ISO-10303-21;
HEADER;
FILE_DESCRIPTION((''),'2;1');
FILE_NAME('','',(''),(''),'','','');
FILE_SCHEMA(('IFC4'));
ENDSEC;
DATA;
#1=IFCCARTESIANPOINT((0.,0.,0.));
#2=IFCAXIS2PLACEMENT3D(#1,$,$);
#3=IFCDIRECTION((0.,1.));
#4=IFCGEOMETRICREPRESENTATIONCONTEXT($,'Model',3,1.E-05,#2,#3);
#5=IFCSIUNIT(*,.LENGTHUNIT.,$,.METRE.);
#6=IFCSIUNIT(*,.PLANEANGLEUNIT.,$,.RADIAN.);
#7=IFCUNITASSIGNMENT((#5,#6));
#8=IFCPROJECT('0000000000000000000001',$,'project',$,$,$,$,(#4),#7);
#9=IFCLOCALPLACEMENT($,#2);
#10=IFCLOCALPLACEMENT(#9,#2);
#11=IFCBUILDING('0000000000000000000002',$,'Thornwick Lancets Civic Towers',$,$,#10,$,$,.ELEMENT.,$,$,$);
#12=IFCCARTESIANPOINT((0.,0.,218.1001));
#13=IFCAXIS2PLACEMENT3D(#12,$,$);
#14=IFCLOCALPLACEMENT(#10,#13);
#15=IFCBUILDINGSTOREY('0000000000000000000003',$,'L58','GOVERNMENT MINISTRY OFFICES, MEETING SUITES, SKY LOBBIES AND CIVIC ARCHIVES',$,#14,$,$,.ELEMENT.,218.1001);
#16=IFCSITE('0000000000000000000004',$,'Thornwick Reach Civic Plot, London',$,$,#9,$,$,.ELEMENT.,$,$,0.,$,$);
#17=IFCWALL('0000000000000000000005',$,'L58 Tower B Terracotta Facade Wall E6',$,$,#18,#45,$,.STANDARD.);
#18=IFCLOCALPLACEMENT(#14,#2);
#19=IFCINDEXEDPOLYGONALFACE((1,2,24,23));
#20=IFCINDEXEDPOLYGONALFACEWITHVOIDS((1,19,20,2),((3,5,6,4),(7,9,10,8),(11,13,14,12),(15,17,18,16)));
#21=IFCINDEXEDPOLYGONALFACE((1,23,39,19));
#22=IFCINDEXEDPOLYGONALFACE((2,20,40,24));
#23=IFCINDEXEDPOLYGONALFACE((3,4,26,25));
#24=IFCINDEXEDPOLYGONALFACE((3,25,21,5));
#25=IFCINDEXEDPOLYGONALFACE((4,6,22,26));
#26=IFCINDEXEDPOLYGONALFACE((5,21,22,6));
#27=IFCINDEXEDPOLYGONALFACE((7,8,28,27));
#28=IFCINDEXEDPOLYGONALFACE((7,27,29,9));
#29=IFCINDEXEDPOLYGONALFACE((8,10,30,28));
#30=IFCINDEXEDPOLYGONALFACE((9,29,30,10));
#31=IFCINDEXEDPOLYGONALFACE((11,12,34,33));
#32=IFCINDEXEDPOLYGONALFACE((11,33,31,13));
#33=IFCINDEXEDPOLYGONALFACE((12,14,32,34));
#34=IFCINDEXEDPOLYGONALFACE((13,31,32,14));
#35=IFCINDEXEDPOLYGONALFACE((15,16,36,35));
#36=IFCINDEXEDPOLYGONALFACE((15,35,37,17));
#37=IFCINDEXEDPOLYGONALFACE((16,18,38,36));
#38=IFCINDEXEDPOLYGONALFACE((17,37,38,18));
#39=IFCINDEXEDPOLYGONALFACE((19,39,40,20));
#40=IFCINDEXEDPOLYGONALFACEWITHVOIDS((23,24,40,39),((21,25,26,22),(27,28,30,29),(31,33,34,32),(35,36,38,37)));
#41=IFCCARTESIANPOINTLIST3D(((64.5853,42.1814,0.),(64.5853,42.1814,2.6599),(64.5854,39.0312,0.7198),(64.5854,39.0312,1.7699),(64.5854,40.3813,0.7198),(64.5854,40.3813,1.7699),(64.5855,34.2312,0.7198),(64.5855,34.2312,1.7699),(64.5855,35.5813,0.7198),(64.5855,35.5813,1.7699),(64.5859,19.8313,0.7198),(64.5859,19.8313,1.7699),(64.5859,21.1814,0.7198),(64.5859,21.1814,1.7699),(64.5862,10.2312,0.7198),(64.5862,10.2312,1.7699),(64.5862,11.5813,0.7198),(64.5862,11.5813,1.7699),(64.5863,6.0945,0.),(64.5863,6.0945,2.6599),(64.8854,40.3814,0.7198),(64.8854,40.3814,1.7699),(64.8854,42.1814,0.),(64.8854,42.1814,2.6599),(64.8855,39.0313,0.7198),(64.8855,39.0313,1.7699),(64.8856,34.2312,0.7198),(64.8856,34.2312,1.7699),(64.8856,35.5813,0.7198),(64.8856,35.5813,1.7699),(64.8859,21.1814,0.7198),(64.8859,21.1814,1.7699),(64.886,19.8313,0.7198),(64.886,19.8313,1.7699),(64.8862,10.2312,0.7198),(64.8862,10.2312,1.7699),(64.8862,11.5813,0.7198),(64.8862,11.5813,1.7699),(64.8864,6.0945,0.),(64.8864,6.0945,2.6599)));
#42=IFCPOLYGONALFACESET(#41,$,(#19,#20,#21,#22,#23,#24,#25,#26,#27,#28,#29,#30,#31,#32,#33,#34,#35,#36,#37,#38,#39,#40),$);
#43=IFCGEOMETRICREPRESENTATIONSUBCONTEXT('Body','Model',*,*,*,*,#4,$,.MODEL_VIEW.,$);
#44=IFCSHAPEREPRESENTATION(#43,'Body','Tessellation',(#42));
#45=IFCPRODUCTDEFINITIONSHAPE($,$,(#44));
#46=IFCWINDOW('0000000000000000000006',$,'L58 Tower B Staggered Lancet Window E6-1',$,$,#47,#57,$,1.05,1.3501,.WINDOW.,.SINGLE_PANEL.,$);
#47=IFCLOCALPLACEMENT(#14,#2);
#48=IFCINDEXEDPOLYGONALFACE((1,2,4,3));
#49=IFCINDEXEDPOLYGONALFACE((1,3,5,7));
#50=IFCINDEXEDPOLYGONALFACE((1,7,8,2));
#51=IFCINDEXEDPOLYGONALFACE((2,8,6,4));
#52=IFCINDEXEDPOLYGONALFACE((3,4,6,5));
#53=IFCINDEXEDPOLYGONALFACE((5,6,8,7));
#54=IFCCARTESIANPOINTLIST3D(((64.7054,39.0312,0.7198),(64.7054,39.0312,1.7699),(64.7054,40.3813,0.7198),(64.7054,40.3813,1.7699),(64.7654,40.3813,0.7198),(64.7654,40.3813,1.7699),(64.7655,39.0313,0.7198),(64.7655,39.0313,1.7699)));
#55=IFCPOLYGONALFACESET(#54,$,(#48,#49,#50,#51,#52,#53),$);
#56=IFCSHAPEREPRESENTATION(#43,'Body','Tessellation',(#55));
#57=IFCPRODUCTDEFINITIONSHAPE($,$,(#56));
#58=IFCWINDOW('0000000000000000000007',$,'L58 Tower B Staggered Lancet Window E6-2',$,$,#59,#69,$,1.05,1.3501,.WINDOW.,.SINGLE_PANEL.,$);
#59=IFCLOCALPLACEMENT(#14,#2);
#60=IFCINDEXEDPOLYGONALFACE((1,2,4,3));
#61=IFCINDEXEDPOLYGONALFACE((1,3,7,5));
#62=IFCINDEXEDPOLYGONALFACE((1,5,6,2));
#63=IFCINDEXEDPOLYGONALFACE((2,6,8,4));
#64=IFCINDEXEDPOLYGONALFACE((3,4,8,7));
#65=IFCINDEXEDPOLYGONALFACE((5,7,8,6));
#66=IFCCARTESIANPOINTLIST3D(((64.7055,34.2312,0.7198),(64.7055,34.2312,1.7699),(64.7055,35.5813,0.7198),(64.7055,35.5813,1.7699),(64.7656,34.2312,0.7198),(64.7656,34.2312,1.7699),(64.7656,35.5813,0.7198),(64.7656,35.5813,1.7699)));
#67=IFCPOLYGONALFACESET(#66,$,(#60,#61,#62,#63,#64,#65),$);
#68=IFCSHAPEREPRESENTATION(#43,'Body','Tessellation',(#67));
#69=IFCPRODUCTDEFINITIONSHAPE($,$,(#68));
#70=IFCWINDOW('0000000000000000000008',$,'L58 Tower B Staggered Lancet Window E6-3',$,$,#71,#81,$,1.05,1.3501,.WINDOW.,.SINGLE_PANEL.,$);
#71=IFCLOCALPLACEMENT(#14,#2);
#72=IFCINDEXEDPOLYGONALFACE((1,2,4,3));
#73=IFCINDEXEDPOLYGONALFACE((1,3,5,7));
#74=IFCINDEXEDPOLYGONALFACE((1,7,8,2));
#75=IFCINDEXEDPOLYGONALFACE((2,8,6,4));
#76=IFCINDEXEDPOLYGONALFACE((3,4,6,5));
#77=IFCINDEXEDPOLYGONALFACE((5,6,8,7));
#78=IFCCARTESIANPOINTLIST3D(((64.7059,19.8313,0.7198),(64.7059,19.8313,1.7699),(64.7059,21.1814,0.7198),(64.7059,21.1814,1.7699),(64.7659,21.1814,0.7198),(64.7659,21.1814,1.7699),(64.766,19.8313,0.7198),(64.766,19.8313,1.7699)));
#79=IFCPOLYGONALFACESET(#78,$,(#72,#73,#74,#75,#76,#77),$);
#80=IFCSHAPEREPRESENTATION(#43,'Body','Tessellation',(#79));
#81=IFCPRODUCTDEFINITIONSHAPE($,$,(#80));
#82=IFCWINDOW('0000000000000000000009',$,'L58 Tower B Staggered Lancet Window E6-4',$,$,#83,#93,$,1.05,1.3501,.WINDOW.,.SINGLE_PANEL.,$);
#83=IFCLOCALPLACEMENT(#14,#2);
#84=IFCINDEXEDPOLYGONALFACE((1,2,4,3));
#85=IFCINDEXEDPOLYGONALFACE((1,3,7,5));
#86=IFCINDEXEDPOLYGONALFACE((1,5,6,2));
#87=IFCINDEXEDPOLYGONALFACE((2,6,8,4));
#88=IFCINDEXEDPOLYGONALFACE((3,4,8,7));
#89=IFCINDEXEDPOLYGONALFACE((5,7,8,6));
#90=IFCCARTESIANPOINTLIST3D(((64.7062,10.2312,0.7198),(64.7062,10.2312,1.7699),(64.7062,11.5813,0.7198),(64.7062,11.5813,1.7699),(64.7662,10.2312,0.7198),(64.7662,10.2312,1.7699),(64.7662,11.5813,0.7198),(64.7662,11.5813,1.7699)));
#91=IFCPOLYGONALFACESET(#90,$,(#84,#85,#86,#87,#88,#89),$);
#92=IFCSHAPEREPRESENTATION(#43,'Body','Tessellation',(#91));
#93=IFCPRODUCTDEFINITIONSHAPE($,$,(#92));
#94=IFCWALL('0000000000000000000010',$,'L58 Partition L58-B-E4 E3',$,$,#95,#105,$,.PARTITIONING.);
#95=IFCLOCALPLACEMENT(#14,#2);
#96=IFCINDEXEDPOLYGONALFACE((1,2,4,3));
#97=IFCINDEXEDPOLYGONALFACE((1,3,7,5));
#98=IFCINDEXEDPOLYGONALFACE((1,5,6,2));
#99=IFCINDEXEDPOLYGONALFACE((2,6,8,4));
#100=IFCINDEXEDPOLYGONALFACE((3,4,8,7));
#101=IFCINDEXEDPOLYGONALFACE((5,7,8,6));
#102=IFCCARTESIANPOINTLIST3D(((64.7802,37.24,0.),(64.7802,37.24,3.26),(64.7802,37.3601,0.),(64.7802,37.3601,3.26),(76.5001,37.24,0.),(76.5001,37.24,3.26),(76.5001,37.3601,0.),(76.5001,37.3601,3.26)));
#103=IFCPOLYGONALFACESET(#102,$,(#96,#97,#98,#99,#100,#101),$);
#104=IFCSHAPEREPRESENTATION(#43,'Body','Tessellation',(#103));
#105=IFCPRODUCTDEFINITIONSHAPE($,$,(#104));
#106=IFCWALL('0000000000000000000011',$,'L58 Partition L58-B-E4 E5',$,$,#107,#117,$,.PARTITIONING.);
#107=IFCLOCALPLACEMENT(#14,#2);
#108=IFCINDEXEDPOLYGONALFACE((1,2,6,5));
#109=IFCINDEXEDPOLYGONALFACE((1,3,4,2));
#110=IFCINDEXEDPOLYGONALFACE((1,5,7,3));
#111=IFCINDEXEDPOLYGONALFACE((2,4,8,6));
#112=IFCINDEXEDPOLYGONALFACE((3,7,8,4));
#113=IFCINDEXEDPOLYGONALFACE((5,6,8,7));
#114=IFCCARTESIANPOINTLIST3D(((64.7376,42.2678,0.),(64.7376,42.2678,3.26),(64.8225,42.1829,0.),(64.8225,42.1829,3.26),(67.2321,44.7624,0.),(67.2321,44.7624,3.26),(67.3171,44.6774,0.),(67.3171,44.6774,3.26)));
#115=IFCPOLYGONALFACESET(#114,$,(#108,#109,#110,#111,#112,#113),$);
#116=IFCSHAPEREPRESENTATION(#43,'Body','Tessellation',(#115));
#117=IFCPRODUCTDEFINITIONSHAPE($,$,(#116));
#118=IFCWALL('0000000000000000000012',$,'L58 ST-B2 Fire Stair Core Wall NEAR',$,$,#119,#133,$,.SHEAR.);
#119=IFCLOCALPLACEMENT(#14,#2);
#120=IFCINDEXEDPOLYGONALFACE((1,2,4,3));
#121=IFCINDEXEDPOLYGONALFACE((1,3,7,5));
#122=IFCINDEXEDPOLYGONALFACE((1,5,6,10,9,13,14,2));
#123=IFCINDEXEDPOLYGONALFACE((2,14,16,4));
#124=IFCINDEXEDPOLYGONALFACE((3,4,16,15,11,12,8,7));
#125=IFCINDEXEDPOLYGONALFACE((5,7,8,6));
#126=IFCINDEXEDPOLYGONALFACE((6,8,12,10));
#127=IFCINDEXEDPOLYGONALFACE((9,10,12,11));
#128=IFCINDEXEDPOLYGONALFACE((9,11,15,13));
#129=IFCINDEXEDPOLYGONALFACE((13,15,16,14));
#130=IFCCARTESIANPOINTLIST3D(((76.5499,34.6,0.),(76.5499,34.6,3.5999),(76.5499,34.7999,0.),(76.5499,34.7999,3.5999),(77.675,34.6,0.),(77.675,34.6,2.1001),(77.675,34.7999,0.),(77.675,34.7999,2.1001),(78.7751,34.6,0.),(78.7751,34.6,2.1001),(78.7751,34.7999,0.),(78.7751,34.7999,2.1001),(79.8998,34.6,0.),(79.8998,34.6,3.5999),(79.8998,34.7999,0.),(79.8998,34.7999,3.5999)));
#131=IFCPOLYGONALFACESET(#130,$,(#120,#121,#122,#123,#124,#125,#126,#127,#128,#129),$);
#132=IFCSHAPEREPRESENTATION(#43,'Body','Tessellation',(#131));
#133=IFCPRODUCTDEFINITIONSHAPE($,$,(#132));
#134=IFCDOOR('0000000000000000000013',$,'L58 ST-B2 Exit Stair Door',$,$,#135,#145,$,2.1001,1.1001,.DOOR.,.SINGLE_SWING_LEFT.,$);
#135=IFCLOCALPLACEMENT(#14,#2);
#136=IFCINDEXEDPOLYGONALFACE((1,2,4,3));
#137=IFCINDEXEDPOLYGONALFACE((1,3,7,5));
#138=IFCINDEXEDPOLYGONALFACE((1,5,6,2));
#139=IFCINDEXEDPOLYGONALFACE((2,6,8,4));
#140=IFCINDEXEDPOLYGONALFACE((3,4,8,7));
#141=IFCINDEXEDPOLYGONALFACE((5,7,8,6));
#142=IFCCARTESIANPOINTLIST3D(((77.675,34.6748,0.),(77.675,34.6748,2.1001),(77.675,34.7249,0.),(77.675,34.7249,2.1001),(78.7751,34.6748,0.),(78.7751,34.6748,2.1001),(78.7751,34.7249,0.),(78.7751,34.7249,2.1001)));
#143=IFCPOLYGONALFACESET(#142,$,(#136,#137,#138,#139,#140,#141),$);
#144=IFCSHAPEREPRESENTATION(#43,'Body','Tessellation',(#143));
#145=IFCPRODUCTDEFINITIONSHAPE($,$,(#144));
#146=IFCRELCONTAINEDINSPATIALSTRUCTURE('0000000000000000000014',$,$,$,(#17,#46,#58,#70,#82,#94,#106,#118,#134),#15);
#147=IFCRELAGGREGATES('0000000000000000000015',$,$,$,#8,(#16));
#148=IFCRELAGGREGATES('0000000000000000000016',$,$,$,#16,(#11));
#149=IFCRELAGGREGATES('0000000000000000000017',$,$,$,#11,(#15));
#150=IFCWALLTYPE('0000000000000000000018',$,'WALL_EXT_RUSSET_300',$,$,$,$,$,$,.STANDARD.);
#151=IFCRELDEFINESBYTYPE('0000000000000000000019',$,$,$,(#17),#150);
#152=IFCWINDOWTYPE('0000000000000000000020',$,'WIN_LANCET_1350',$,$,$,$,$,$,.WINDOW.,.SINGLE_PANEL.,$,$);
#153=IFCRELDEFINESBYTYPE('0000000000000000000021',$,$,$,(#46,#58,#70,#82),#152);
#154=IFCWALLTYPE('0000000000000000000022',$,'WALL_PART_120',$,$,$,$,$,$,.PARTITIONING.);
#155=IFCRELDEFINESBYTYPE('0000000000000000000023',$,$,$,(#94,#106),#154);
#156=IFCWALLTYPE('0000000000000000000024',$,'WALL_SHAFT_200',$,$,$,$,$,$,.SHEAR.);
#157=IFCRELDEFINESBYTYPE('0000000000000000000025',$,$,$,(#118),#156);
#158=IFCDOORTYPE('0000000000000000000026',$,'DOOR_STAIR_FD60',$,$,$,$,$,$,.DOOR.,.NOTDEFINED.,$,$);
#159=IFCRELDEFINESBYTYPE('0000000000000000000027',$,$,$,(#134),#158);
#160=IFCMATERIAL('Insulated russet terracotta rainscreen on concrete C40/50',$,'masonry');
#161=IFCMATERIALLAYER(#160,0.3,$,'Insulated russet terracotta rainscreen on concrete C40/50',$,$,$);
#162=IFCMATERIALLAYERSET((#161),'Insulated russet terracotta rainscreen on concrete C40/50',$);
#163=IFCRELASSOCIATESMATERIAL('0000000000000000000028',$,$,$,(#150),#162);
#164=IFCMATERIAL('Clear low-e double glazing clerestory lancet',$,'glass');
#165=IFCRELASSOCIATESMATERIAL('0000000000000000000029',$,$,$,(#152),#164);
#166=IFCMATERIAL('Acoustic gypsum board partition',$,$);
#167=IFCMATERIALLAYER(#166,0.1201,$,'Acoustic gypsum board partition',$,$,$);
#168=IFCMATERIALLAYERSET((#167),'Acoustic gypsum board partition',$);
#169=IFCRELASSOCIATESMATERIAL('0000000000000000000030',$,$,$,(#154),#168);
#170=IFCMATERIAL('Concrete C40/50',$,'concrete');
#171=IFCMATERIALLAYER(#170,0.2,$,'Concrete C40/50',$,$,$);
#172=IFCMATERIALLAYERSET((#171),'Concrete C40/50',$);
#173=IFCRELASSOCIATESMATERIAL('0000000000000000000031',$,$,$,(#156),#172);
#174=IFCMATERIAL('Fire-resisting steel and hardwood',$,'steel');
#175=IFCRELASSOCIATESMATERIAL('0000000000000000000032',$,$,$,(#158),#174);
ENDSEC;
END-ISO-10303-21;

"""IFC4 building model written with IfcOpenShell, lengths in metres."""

from ifc_helpers import new_model, si_unit, direction, frame, frame_2d, origin, place, context, subcontext, project, spatial, rectangle, extrude, material, layer, layer_set, type_object, element, fill, save


model = new_model("IFC4")

# Units and contexts
model_context = context("Model", 3, precision=1e-05, world=origin(), true_north=direction((0.0, 1.0)))
body_context = subcontext(model_context, "Body", "Model", "MODEL_VIEW")
ifc_project = project(units=[si_unit("LENGTHUNIT", "METRE"), si_unit("PLANEANGLEUNIT", "RADIAN")], contexts=[model_context])

# Site, building, storey
site_placement = place(None, origin())
site = spatial("IfcSite", under=ifc_project, at=site_placement, Name="Thornwick Reach Civic Plot, London", CompositionType="ELEMENT", RefElevation=0.0)
building_placement = place(site_placement, origin())
building = spatial("IfcBuilding", under=site, at=building_placement, Name="Thornwick Lancets Civic Towers", CompositionType="ELEMENT")
storey_placement = place(building_placement, frame((0.0, 0.0, 218.1001)))
storey = spatial("IfcBuildingStorey", under=building, at=storey_placement, Name="L58", Description="GOVERNMENT MINISTRY OFFICES, MEETING SUITES, SKY LOBBIES AND CIVIC ARCHIVES", CompositionType="ELEMENT", Elevation=218.1001)

# Shared definitions
ifc_material_1 = material(Name="Concrete C40/50", Category="concrete")

# Wall, openings, windows
ifc_material_2 = material(Name="Insulated russet terracotta rainscreen on concrete C40/50", Category="masonry")
ifc_layer_1 = layer(ifc_material_2, 0.3, Name="Insulated russet terracotta rainscreen on concrete C40/50")
ifc_layer_set_1 = layer_set([ifc_layer_1], Name="Insulated russet terracotta rainscreen on concrete C40/50")
wall_type_1 = type_object("IfcWallType", Name="WALL_EXT_RUSSET_300", PredefinedType="STANDARD", material=ifc_layer_set_1)
wall_1_placement = place(storey_placement, frame((64.7354, 42.1814, 0.0), z_axis=(0.0, 0.0, 1.0), x_axis=(0.000027, -1.0, 0.0)))
wall_1 = element("IfcWall", 1, at=wall_1_placement, inside=storey, type_object=wall_type_1, Name="L58 Tower B Terracotta Facade Wall E6", PredefinedType="STANDARD", context=body_context, shape_type="SweptSolid", body=[
    extrude(rectangle(XDim=36.0869, YDim=0.3, at=frame_2d((18.0435, 0.0))), origin(), (0.0, 0.0, 1.0), 2.6599),
])
opening_1_placement = place(wall_1_placement, frame((1.8, 0.0, 0.72)))
opening_1 = element("IfcOpeningElement", 2, at=opening_1_placement, cuts=wall_1, PredefinedType="OPENING", context=body_context, shape_type="SweptSolid", body=[
    extrude(rectangle(XDim=1.3501, YDim=1.05, at=frame_2d((0.675, 0.5249))), frame((0.0, 0.1602, 0.0), z_axis=(0.0, -1.0, 0.0), x_axis=(1.0, 0.0, 0.0)), (0.0, 0.0, 1.0), 0.3201),
])
opening_2_placement = place(wall_1_placement, frame((6.6001, 0.0, 0.72)))
opening_2 = element("IfcOpeningElement", 3, at=opening_2_placement, cuts=wall_1, PredefinedType="OPENING", context=body_context, shape_type="SweptSolid", body=[
    extrude(rectangle(XDim=1.3501, YDim=1.05, at=frame_2d((0.675, 0.5249))), frame((0.0, 0.1602, 0.0), z_axis=(0.0, -1.0, 0.0), x_axis=(1.0, 0.0, 0.0)), (0.0, 0.0, 1.0), 0.3201),
])
opening_3_placement = place(wall_1_placement, frame((21.0, 0.0, 0.72)))
opening_3 = element("IfcOpeningElement", 4, at=opening_3_placement, cuts=wall_1, PredefinedType="OPENING", context=body_context, shape_type="SweptSolid", body=[
    extrude(rectangle(XDim=1.3501, YDim=1.05, at=frame_2d((0.675, 0.5249))), frame((0.0, 0.1602, 0.0), z_axis=(0.0, -1.0, 0.0), x_axis=(1.0, 0.0, 0.0)), (0.0, 0.0, 1.0), 0.3201),
])
opening_4_placement = place(wall_1_placement, frame((30.6001, 0.0, 0.72)))
opening_4 = element("IfcOpeningElement", 5, at=opening_4_placement, cuts=wall_1, PredefinedType="OPENING", context=body_context, shape_type="SweptSolid", body=[
    extrude(rectangle(XDim=1.3501, YDim=1.05, at=frame_2d((0.675, 0.5249))), frame((0.0, 0.1602, 0.0), z_axis=(0.0, -1.0, 0.0), x_axis=(1.0, 0.0, 0.0)), (0.0, 0.0, 1.0), 0.3201),
])
ifc_material_3 = material(Name="Clear low-e double glazing clerestory lancet", Category="glass")
window_type = type_object("IfcWindowType", Name="WIN_LANCET_1350", PartitioningType="SINGLE_PANEL", PredefinedType="WINDOW", material=ifc_material_3)
window_1_placement = place(opening_1_placement, origin())
window_1 = element("IfcWindow", 6, at=window_1_placement, inside=storey, type_object=window_type, Name="L58 Tower B Staggered Lancet Window E6-1", OverallHeight=1.05, OverallWidth=1.3501, PartitioningType="SINGLE_PANEL", PredefinedType="WINDOW", context=body_context, shape_type="SweptSolid", body=[
    extrude(rectangle(XDim=1.3501, YDim=1.05, at=frame_2d((0.675, 0.5249))), frame((0.0, 0.03, 0.0), z_axis=(0.0, -1.0, 0.0), x_axis=(1.0, 0.0, 0.0)), (0.0, 0.0, 1.0), 0.0601),
])
fill(opening_1, window_1)
window_2_placement = place(opening_2_placement, origin())
window_2 = element("IfcWindow", 7, at=window_2_placement, inside=storey, type_object=window_type, Name="L58 Tower B Staggered Lancet Window E6-2", OverallHeight=1.05, OverallWidth=1.3501, PartitioningType="SINGLE_PANEL", PredefinedType="WINDOW", context=body_context, shape_type="SweptSolid", body=[
    extrude(rectangle(XDim=1.3501, YDim=1.05, at=frame_2d((0.675, 0.5249))), frame((0.0, 0.03, 0.0), z_axis=(0.0, -1.0, 0.0), x_axis=(1.0, 0.0, 0.0)), (0.0, 0.0, 1.0), 0.0601),
])
fill(opening_2, window_2)
window_3_placement = place(opening_3_placement, origin())
window_3 = element("IfcWindow", 8, at=window_3_placement, inside=storey, type_object=window_type, Name="L58 Tower B Staggered Lancet Window E6-3", OverallHeight=1.05, OverallWidth=1.3501, PartitioningType="SINGLE_PANEL", PredefinedType="WINDOW", context=body_context, shape_type="SweptSolid", body=[
    extrude(rectangle(XDim=1.3501, YDim=1.05, at=frame_2d((0.675, 0.5249))), frame((0.0, 0.03, 0.0), z_axis=(0.0, -1.0, 0.0), x_axis=(1.0, 0.0, 0.0)), (0.0, 0.0, 1.0), 0.0601),
])
fill(opening_3, window_3)
window_4_placement = place(opening_4_placement, origin())
window_4 = element("IfcWindow", 9, at=window_4_placement, inside=storey, type_object=window_type, Name="L58 Tower B Staggered Lancet Window E6-4", OverallHeight=1.05, OverallWidth=1.3501, PartitioningType="SINGLE_PANEL", PredefinedType="WINDOW", context=body_context, shape_type="SweptSolid", body=[
    extrude(rectangle(XDim=1.3501, YDim=1.05, at=frame_2d((0.675, 0.5249))), frame((0.0, 0.03, 0.0), z_axis=(0.0, -1.0, 0.0), x_axis=(1.0, 0.0, 0.0)), (0.0, 0.0, 1.0), 0.0601),
])
fill(opening_4, window_4)

# Walls
ifc_material_4 = material(Name="Acoustic gypsum board partition")
ifc_layer_2 = layer(ifc_material_4, 0.1201, Name="Acoustic gypsum board partition")
ifc_layer_set_2 = layer_set([ifc_layer_2], Name="Acoustic gypsum board partition")
wall_type_2 = type_object("IfcWallType", Name="WALL_PART_120", PredefinedType="PARTITIONING", material=ifc_layer_set_2)
wall_2_placement = place(storey_placement, frame((76.5, 37.3, 0.0), z_axis=(0.0, 0.0, 1.0), x_axis=(-1.0, 0.0, 0.0)))
element("IfcWall", 10, at=wall_2_placement, inside=storey, type_object=wall_type_2, Name="L58 Partition L58-B-E4 E3", PredefinedType="PARTITIONING", context=body_context, shape_type="SweptSolid", body=[
    extrude(rectangle(XDim=11.72, YDim=0.1201, at=frame_2d((5.8599, 0.0))), origin(), (0.0, 0.0, 1.0), 3.26),
])
wall_3_placement = place(storey_placement, frame((64.78, 42.2253, 0.0), z_axis=(0.0, 0.0, 1.0), x_axis=(0.707107, 0.707107, 0.0)))
element("IfcWall", 11, at=wall_3_placement, inside=storey, type_object=wall_type_2, Name="L58 Partition L58-B-E4 E5", PredefinedType="PARTITIONING", context=body_context, shape_type="SweptSolid", body=[
    extrude(rectangle(XDim=3.5278, YDim=0.1201, at=frame_2d((1.7639, 0.0))), origin(), (0.0, 0.0, 1.0), 3.26),
])

# Wall, opening, door
ifc_layer_3 = layer(ifc_material_1, 0.2, Name="Concrete C40/50")
ifc_layer_set_3 = layer_set([ifc_layer_3], Name="Concrete C40/50")
wall_type_3 = type_object("IfcWallType", Name="WALL_SHAFT_200", PredefinedType="SHEAR", material=ifc_layer_set_3)
wall_4_placement = place(storey_placement, frame((76.55, 34.7, 0.0), z_axis=(0.0, 0.0, 1.0), x_axis=(1.0, 0.0, 0.0)))
wall_4 = element("IfcWall", 12, at=wall_4_placement, inside=storey, type_object=wall_type_3, Name="L58 ST-B2 Fire Stair Core Wall NEAR", PredefinedType="SHEAR", context=body_context, shape_type="SweptSolid", body=[
    extrude(rectangle(XDim=3.3499, YDim=0.2, at=frame_2d((1.6748, 0.0))), origin(), (0.0, 0.0, 1.0), 3.5999),
])
opening_5_placement = place(wall_4_placement, frame((1.125, 0.0, 0.0)))
opening_5 = element("IfcOpeningElement", 13, at=opening_5_placement, cuts=wall_4, PredefinedType="OPENING", context=body_context, shape_type="SweptSolid", body=[
    extrude(rectangle(XDim=1.1001, YDim=2.1001, at=frame_2d((0.55, 1.05))), frame((0.0, 0.1099, 0.0), z_axis=(0.0, -1.0, 0.0), x_axis=(1.0, 0.0, 0.0)), (0.0, 0.0, 1.0), 0.22),
])
ifc_material_5 = material(Name="Fire-resisting steel and hardwood", Category="steel")
door_type = type_object("IfcDoorType", Name="DOOR_STAIR_FD60", OperationType="NOTDEFINED", PredefinedType="DOOR", material=ifc_material_5)
door_placement = place(opening_5_placement, origin())
door = element("IfcDoor", 14, at=door_placement, inside=storey, type_object=door_type, Name="L58 ST-B2 Exit Stair Door", OperationType="SINGLE_SWING_LEFT", OverallHeight=2.1001, OverallWidth=1.1001, PredefinedType="DOOR", context=body_context, shape_type="SweptSolid", body=[
    extrude(rectangle(XDim=1.1001, YDim=2.1001, at=frame_2d((0.55, 1.05))), frame((0.0, 0.0249, 0.0), z_axis=(0.0, -1.0, 0.0), x_axis=(1.0, 0.0, 0.0)), (0.0, 0.0, 1.0), 0.05),
])
fill(opening_5, door)

save(model, "model.ifc")
